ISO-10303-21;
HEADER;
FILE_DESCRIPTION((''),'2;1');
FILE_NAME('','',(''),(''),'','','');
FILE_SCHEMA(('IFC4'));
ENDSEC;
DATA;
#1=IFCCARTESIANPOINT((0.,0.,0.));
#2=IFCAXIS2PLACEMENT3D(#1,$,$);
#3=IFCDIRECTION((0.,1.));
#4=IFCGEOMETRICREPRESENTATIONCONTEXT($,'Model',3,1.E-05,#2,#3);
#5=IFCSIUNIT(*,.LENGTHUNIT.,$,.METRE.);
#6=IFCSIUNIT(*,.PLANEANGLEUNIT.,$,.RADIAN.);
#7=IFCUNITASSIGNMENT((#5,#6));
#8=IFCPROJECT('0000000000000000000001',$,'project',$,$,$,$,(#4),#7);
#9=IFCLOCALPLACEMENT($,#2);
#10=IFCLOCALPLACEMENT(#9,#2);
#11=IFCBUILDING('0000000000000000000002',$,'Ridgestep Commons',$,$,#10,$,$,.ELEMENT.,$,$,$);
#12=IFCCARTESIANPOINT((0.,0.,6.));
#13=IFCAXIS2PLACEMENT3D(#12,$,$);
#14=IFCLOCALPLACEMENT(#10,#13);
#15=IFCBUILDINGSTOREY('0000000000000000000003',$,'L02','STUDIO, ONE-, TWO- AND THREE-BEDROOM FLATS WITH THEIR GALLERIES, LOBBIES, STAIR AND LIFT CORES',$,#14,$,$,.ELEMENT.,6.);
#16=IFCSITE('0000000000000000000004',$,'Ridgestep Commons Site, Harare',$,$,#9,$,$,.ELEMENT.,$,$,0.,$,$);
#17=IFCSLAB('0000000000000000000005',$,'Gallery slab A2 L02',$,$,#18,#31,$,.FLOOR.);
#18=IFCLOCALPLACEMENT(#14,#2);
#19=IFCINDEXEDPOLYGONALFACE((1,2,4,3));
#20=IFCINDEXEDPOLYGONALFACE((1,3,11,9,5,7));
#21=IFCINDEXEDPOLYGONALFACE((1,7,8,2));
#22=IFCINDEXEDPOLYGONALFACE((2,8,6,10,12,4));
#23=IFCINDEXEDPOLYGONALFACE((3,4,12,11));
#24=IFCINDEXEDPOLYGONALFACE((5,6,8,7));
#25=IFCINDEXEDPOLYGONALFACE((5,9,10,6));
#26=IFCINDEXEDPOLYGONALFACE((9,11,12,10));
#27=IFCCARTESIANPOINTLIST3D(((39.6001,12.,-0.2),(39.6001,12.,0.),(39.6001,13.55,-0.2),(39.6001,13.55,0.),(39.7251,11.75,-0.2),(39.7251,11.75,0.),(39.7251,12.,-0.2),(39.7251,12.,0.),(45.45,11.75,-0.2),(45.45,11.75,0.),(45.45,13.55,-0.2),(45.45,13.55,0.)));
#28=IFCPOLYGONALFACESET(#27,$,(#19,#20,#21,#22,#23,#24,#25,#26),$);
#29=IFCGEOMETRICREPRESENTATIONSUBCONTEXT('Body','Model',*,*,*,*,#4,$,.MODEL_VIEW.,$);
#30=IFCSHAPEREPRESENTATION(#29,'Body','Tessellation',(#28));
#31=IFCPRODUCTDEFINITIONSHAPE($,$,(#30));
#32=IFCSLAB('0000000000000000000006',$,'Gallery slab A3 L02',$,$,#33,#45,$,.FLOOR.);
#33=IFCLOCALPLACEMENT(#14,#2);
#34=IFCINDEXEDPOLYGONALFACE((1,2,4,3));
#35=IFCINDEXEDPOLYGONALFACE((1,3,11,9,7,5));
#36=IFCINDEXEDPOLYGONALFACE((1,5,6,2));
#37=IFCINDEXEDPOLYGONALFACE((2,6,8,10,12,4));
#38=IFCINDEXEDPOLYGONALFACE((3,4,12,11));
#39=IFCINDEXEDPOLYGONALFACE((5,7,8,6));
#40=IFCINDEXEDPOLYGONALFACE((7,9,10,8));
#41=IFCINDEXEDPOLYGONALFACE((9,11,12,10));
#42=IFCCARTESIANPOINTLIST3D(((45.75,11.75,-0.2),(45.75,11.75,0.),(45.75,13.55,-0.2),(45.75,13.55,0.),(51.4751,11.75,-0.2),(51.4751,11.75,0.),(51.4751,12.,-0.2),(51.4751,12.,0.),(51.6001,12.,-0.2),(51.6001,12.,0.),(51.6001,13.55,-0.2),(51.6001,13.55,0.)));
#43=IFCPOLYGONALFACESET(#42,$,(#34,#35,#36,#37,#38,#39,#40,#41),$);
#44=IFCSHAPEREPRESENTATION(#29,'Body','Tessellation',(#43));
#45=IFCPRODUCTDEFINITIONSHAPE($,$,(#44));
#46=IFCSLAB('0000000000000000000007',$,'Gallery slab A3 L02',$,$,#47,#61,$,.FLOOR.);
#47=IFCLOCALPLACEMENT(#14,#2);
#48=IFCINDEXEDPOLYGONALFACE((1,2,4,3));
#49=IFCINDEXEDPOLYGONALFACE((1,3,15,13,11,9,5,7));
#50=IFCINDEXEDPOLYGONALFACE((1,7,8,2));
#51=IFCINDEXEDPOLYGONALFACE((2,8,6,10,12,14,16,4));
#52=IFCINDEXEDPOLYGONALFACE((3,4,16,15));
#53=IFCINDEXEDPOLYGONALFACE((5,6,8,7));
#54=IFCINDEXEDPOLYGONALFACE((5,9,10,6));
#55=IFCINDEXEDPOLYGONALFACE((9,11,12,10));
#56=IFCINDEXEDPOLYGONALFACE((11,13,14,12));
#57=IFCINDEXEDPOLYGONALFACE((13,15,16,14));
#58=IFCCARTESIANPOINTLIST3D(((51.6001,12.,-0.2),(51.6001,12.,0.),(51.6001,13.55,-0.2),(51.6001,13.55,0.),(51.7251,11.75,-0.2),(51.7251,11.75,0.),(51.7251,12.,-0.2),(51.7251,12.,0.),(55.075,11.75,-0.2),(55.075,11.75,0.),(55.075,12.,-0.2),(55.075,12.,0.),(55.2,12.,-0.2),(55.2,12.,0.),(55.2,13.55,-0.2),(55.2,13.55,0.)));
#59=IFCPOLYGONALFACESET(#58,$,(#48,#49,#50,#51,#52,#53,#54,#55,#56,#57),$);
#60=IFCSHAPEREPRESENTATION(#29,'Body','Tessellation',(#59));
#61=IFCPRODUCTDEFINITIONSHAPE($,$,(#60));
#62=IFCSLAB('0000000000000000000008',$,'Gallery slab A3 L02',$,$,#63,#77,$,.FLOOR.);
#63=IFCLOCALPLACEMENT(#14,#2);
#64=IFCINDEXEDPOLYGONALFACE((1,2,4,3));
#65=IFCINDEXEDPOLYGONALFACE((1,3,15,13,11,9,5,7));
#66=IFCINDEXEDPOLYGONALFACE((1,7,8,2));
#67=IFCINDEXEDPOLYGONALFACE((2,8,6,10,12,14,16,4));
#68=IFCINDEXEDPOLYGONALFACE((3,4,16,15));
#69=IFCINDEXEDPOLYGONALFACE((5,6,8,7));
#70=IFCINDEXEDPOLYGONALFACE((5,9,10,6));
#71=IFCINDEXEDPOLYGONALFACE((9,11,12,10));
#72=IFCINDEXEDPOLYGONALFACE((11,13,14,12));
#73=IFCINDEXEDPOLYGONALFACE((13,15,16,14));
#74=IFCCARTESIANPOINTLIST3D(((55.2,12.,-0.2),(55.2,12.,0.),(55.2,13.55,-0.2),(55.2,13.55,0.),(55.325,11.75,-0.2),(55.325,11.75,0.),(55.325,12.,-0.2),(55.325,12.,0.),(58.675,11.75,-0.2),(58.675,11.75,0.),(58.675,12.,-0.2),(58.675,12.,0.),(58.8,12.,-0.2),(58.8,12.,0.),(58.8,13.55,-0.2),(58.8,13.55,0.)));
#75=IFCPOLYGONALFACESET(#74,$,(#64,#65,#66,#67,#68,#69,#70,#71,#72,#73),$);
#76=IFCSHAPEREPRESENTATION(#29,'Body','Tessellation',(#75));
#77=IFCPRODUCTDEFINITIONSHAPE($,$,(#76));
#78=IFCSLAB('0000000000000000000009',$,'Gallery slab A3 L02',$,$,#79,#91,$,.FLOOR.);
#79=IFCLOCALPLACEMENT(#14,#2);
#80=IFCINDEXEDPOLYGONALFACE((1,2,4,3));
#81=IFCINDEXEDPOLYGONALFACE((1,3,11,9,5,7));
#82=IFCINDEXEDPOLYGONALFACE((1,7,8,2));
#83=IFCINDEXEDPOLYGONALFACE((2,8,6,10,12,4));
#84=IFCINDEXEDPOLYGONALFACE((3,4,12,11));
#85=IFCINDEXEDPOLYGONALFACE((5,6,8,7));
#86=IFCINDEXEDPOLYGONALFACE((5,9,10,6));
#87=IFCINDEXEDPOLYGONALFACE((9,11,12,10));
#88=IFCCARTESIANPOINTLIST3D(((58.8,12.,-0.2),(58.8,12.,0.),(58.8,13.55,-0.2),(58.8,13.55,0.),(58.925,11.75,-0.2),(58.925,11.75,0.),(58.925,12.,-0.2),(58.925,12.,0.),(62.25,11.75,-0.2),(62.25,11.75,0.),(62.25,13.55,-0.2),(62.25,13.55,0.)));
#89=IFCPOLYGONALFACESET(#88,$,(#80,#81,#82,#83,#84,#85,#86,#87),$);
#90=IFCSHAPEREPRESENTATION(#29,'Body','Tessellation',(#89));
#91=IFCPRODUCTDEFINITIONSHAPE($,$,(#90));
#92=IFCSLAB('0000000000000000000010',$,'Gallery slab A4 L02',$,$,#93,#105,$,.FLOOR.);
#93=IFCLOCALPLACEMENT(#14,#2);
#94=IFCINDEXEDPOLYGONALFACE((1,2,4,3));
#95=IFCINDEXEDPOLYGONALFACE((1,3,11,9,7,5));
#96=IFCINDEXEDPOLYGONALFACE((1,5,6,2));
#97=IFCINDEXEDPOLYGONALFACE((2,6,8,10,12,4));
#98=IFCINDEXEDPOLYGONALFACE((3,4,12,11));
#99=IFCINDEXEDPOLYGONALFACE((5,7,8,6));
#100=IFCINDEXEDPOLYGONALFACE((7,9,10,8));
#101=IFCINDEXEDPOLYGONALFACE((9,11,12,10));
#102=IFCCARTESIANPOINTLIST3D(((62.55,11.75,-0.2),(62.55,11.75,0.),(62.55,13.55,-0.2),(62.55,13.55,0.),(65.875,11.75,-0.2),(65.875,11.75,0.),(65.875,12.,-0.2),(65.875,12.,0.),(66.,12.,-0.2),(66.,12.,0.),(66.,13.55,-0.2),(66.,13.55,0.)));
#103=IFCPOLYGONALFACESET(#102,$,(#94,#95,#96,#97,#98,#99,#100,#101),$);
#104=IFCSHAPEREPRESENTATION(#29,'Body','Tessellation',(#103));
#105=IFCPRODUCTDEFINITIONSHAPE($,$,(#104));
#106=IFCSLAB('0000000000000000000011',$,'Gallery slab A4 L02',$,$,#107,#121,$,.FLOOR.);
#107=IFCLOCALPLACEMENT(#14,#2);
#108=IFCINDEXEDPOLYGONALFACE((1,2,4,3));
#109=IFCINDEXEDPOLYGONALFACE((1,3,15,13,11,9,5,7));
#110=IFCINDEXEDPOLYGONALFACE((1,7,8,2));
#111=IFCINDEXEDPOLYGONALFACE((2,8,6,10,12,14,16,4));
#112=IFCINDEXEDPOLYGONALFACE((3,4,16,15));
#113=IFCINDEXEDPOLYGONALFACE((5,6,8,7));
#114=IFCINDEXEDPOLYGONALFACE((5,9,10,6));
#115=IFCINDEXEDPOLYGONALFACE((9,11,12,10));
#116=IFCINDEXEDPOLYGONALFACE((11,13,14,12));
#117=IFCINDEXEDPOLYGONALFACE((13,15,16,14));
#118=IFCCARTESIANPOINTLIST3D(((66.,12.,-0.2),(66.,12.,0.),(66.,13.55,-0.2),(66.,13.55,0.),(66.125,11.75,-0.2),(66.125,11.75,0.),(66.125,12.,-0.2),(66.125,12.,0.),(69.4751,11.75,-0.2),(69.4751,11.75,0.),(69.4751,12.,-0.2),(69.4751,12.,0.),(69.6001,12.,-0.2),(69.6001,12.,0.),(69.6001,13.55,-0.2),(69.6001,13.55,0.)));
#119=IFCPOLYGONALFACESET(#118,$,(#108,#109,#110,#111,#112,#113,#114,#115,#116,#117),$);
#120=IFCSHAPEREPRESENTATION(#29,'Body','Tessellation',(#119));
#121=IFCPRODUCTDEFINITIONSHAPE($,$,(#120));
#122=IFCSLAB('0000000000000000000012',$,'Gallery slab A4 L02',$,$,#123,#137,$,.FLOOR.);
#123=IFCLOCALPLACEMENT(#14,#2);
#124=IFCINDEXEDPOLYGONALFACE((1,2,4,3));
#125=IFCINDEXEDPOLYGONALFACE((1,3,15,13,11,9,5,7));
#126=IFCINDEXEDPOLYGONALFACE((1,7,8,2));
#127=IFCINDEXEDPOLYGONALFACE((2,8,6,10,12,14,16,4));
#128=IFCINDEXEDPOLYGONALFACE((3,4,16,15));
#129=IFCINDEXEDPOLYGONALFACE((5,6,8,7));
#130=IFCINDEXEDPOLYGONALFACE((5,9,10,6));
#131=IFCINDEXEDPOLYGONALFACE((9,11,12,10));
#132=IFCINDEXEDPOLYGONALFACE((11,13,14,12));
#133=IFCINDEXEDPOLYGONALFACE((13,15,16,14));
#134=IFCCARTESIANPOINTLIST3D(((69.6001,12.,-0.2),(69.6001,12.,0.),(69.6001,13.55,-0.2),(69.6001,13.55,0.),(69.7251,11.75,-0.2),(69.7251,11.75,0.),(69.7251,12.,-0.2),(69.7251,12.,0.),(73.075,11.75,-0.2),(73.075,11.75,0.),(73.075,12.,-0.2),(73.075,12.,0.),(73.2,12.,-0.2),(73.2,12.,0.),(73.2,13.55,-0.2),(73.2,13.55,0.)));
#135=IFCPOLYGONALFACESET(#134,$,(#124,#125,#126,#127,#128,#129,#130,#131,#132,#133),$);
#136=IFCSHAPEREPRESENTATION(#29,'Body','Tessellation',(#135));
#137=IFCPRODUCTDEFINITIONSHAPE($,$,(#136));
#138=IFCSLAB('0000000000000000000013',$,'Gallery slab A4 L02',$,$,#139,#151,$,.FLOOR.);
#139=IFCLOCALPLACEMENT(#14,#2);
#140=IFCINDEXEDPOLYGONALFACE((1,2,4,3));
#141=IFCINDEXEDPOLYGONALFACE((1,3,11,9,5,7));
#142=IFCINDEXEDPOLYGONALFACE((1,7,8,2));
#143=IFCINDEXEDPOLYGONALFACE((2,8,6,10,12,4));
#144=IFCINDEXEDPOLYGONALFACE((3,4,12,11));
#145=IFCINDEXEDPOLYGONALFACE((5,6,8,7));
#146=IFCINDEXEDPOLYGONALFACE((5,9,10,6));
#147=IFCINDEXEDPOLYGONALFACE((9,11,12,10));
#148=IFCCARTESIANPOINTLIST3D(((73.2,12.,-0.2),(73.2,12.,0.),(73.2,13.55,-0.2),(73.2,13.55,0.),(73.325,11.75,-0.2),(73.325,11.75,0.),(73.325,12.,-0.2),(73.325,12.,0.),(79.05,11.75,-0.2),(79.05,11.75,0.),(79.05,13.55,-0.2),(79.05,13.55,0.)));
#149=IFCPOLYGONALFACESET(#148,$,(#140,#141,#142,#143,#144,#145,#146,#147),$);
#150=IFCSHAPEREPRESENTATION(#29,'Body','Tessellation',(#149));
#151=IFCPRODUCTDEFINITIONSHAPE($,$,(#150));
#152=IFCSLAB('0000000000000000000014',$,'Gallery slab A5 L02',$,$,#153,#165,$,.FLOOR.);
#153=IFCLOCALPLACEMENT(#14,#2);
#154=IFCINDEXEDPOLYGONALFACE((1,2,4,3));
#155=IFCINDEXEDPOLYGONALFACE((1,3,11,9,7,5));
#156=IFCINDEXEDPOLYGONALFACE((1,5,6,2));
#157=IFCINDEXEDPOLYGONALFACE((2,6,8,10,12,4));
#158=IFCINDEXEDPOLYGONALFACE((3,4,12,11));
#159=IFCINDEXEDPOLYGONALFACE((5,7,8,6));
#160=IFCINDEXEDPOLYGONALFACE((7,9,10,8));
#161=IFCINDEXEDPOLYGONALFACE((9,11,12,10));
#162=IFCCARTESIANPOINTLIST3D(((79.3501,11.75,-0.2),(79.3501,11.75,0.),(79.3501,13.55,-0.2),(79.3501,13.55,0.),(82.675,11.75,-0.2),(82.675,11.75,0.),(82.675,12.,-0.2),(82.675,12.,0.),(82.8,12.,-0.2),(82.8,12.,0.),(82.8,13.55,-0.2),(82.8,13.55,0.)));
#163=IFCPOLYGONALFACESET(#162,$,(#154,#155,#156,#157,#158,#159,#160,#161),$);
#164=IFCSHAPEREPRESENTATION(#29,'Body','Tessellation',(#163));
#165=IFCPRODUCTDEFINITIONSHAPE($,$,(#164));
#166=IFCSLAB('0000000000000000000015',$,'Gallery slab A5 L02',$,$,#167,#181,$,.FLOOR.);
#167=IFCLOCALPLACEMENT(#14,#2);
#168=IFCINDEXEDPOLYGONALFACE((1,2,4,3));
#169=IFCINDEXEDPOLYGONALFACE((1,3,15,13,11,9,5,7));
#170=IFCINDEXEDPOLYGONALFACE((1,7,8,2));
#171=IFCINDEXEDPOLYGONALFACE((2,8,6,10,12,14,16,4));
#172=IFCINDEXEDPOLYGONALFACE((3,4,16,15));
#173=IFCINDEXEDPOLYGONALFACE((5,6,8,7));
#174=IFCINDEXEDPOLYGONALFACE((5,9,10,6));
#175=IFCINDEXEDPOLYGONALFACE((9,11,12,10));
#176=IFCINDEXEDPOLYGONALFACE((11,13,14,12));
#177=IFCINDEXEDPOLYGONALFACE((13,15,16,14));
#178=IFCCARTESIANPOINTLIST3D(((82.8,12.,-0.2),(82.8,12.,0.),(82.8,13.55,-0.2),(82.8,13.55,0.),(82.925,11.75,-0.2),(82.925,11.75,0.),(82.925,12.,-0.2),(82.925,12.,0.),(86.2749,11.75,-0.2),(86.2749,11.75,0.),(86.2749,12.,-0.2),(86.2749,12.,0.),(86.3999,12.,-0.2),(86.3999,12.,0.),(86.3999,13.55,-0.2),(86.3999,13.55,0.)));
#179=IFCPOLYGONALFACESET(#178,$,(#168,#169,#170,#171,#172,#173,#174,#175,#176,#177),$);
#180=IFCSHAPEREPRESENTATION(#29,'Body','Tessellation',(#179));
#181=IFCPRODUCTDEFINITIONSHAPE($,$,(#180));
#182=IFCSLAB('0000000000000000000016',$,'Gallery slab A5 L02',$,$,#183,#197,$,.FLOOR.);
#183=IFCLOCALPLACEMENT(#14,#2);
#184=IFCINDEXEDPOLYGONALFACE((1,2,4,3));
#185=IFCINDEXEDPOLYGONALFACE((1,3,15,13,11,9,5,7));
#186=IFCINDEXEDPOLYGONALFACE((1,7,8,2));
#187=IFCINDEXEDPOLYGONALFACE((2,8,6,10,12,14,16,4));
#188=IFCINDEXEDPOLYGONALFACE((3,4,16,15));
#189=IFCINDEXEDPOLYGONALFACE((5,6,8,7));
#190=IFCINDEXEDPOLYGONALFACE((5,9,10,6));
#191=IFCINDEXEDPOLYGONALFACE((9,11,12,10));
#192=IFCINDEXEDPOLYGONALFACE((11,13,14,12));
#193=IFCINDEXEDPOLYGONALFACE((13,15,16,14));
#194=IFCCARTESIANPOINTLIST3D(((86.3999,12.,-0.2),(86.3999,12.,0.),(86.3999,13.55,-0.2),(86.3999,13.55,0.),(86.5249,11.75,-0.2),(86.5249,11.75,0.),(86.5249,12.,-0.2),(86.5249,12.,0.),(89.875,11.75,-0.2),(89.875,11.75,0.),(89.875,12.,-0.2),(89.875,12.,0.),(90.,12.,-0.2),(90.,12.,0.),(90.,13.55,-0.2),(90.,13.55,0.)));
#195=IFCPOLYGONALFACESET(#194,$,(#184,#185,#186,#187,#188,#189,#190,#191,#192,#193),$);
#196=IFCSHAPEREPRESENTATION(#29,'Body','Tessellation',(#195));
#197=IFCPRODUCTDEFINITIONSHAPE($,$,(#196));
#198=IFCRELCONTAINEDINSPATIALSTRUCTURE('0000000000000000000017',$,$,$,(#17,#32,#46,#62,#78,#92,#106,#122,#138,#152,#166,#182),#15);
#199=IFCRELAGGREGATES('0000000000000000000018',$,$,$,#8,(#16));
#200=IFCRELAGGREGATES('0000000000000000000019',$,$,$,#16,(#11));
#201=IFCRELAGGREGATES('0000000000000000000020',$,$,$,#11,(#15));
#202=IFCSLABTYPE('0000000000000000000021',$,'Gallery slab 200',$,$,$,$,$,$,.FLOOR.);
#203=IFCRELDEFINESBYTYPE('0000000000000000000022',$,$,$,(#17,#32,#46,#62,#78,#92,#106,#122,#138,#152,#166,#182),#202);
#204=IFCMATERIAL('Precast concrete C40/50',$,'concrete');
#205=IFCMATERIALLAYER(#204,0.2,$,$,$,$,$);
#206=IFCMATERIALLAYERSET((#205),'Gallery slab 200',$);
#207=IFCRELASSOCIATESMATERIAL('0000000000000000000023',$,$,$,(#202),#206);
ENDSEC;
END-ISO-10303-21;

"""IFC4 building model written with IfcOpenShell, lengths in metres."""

from ifc_helpers import new_model, si_unit, direction, frame, origin, place, context, subcontext, project, spatial, polyline, outline, extrude, material, layer, layer_set, type_object, element, save


model = new_model("IFC4")

# Units and contexts
model_context = context("Model", 3, precision=1e-05, world=origin(), true_north=direction((0.0, 1.0)))
body_context = subcontext(model_context, "Body", "Model", "MODEL_VIEW")
ifc_project = project(units=[si_unit("LENGTHUNIT", "METRE"), si_unit("PLANEANGLEUNIT", "RADIAN")], contexts=[model_context])

# Site, building, storey
site_placement = place(None, origin())
site = spatial("IfcSite", under=ifc_project, at=site_placement, Name="Ridgestep Commons Site, Harare", CompositionType="ELEMENT", RefElevation=0.0)
building_placement = place(site_placement, origin())
building = spatial("IfcBuilding", under=site, at=building_placement, Name="Ridgestep Commons", CompositionType="ELEMENT")
storey_placement = place(building_placement, frame((0.0, 0.0, 6.0)))
storey = spatial("IfcBuildingStorey", under=building, at=storey_placement, Name="L02", Description="STUDIO, ONE-, TWO- AND THREE-BEDROOM FLATS WITH THEIR GALLERIES, LOBBIES, STAIR AND LIFT CORES", CompositionType="ELEMENT", Elevation=6.0)

# Slabs
ifc_material_1 = material(Name="Precast concrete C40/50", Category="concrete")
ifc_layer_1 = layer(ifc_material_1, 0.2)
ifc_layer_set_1 = layer_set([ifc_layer_1], Name="Gallery slab 200")
slab_type_1 = type_object("IfcSlabType", Name="Gallery slab 200", PredefinedType="FLOOR", material=ifc_layer_set_1)
slab_1_placement = place(storey_placement, frame((0.0, 0.0, -0.2)))
element("IfcSlab", 1, at=slab_1_placement, inside=storey, type_object=slab_type_1, Name="Gallery slab A2 L02", PredefinedType="FLOOR", context=body_context, shape_type="SweptSolid", body=[
    extrude(outline(polyline([(39.6001, 13.55), (39.6001, 12.0), (39.7251, 12.0), (39.7251, 11.75), (45.45, 11.75), (45.45, 13.55), (39.6001, 13.55)])), origin(), (0.0, 0.0, 1.0), 0.2),
])
slab_2_placement = place(storey_placement, frame((0.0, 0.0, -0.2)))
element("IfcSlab", 2, at=slab_2_placement, inside=storey, type_object=slab_type_1, Name="Gallery slab A3 L02", PredefinedType="FLOOR", context=body_context, shape_type="SweptSolid", body=[
    extrude(outline(polyline([(45.75, 11.75), (51.4751, 11.75), (51.4751, 12.0), (51.6001, 12.0), (51.6001, 13.55), (45.75, 13.55), (45.75, 11.75)])), origin(), (0.0, 0.0, 1.0), 0.2),
])
slab_3_placement = place(storey_placement, frame((0.0, 0.0, -0.2)))
element("IfcSlab", 3, at=slab_3_placement, inside=storey, type_object=slab_type_1, Name="Gallery slab A3 L02", PredefinedType="FLOOR", context=body_context, shape_type="SweptSolid", body=[
    extrude(outline(polyline([(55.2, 13.55), (51.6001, 13.55), (51.6001, 12.0), (51.7251, 12.0), (51.7251, 11.75), (55.075, 11.75), (55.075, 12.0), (55.2, 12.0), (55.2, 13.55)])), origin(), (0.0, 0.0, 1.0), 0.2),
])
slab_4_placement = place(storey_placement, frame((0.0, 0.0, -0.2)))
element("IfcSlab", 4, at=slab_4_placement, inside=storey, type_object=slab_type_1, Name="Gallery slab A3 L02", PredefinedType="FLOOR", context=body_context, shape_type="SweptSolid", body=[
    extrude(outline(polyline([(58.8, 13.55), (55.2, 13.55), (55.2, 12.0), (55.325, 12.0), (55.325, 11.75), (58.675, 11.75), (58.675, 12.0), (58.8, 12.0), (58.8, 13.55)])), origin(), (0.0, 0.0, 1.0), 0.2),
])
slab_5_placement = place(storey_placement, frame((0.0, 0.0, -0.2)))
element("IfcSlab", 5, at=slab_5_placement, inside=storey, type_object=slab_type_1, Name="Gallery slab A3 L02", PredefinedType="FLOOR", context=body_context, shape_type="SweptSolid", body=[
    extrude(outline(polyline([(58.8, 13.55), (58.8, 12.0), (58.925, 12.0), (58.925, 11.75), (62.25, 11.75), (62.25, 13.55), (58.8, 13.55)])), origin(), (0.0, 0.0, 1.0), 0.2),
])
slab_6_placement = place(storey_placement, frame((0.0, 0.0, -0.2)))
element("IfcSlab", 6, at=slab_6_placement, inside=storey, type_object=slab_type_1, Name="Gallery slab A4 L02", PredefinedType="FLOOR", context=body_context, shape_type="SweptSolid", body=[
    extrude(outline(polyline([(62.55, 11.75), (65.875, 11.75), (65.875, 12.0), (66.0, 12.0), (66.0, 13.55), (62.55, 13.55), (62.55, 11.75)])), origin(), (0.0, 0.0, 1.0), 0.2),
])
slab_7_placement = place(storey_placement, frame((0.0, 0.0, -0.2)))
element("IfcSlab", 7, at=slab_7_placement, inside=storey, type_object=slab_type_1, Name="Gallery slab A4 L02", PredefinedType="FLOOR", context=body_context, shape_type="SweptSolid", body=[
    extrude(outline(polyline([(69.6001, 13.55), (66.0, 13.55), (66.0, 12.0), (66.125, 12.0), (66.125, 11.75), (69.4751, 11.75), (69.4751, 12.0), (69.6001, 12.0), (69.6001, 13.55)])), origin(), (0.0, 0.0, 1.0), 0.2),
])
slab_8_placement = place(storey_placement, frame((0.0, 0.0, -0.2)))
element("IfcSlab", 8, at=slab_8_placement, inside=storey, type_object=slab_type_1, Name="Gallery slab A4 L02", PredefinedType="FLOOR", context=body_context, shape_type="SweptSolid", body=[
    extrude(outline(polyline([(73.2, 13.55), (69.6001, 13.55), (69.6001, 12.0), (69.7251, 12.0), (69.7251, 11.75), (73.075, 11.75), (73.075, 12.0), (73.2, 12.0), (73.2, 13.55)])), origin(), (0.0, 0.0, 1.0), 0.2),
])
slab_9_placement = place(storey_placement, frame((0.0, 0.0, -0.2)))
element("IfcSlab", 9, at=slab_9_placement, inside=storey, type_object=slab_type_1, Name="Gallery slab A4 L02", PredefinedType="FLOOR", context=body_context, shape_type="SweptSolid", body=[
    extrude(outline(polyline([(73.2, 13.55), (73.2, 12.0), (73.325, 12.0), (73.325, 11.75), (79.05, 11.75), (79.05, 13.55), (73.2, 13.55)])), origin(), (0.0, 0.0, 1.0), 0.2),
])
slab_10_placement = place(storey_placement, frame((0.0, 0.0, -0.2)))
element("IfcSlab", 10, at=slab_10_placement, inside=storey, type_object=slab_type_1, Name="Gallery slab A5 L02", PredefinedType="FLOOR", context=body_context, shape_type="SweptSolid", body=[
    extrude(outline(polyline([(79.3501, 11.75), (82.675, 11.75), (82.675, 12.0), (82.8, 12.0), (82.8, 13.55), (79.3501, 13.55), (79.3501, 11.75)])), origin(), (0.0, 0.0, 1.0), 0.2),
])
slab_11_placement = place(storey_placement, frame((0.0, 0.0, -0.2)))
element("IfcSlab", 11, at=slab_11_placement, inside=storey, type_object=slab_type_1, Name="Gallery slab A5 L02", PredefinedType="FLOOR", context=body_context, shape_type="SweptSolid", body=[
    extrude(outline(polyline([(86.3999, 13.55), (82.8, 13.55), (82.8, 12.0), (82.925, 12.0), (82.925, 11.75), (86.2749, 11.75), (86.2749, 12.0), (86.3999, 12.0), (86.3999, 13.55)])), origin(), (0.0, 0.0, 1.0), 0.2),
])
slab_12_placement = place(storey_placement, frame((0.0, 0.0, -0.2)))
element("IfcSlab", 12, at=slab_12_placement, inside=storey, type_object=slab_type_1, Name="Gallery slab A5 L02", PredefinedType="FLOOR", context=body_context, shape_type="SweptSolid", body=[
    extrude(outline(polyline([(90.0, 13.55), (86.3999, 13.55), (86.3999, 12.0), (86.5249, 12.0), (86.5249, 11.75), (89.875, 11.75), (89.875, 12.0), (90.0, 12.0), (90.0, 13.55)])), origin(), (0.0, 0.0, 1.0), 0.2),
])

save(model, "model.ifc")
